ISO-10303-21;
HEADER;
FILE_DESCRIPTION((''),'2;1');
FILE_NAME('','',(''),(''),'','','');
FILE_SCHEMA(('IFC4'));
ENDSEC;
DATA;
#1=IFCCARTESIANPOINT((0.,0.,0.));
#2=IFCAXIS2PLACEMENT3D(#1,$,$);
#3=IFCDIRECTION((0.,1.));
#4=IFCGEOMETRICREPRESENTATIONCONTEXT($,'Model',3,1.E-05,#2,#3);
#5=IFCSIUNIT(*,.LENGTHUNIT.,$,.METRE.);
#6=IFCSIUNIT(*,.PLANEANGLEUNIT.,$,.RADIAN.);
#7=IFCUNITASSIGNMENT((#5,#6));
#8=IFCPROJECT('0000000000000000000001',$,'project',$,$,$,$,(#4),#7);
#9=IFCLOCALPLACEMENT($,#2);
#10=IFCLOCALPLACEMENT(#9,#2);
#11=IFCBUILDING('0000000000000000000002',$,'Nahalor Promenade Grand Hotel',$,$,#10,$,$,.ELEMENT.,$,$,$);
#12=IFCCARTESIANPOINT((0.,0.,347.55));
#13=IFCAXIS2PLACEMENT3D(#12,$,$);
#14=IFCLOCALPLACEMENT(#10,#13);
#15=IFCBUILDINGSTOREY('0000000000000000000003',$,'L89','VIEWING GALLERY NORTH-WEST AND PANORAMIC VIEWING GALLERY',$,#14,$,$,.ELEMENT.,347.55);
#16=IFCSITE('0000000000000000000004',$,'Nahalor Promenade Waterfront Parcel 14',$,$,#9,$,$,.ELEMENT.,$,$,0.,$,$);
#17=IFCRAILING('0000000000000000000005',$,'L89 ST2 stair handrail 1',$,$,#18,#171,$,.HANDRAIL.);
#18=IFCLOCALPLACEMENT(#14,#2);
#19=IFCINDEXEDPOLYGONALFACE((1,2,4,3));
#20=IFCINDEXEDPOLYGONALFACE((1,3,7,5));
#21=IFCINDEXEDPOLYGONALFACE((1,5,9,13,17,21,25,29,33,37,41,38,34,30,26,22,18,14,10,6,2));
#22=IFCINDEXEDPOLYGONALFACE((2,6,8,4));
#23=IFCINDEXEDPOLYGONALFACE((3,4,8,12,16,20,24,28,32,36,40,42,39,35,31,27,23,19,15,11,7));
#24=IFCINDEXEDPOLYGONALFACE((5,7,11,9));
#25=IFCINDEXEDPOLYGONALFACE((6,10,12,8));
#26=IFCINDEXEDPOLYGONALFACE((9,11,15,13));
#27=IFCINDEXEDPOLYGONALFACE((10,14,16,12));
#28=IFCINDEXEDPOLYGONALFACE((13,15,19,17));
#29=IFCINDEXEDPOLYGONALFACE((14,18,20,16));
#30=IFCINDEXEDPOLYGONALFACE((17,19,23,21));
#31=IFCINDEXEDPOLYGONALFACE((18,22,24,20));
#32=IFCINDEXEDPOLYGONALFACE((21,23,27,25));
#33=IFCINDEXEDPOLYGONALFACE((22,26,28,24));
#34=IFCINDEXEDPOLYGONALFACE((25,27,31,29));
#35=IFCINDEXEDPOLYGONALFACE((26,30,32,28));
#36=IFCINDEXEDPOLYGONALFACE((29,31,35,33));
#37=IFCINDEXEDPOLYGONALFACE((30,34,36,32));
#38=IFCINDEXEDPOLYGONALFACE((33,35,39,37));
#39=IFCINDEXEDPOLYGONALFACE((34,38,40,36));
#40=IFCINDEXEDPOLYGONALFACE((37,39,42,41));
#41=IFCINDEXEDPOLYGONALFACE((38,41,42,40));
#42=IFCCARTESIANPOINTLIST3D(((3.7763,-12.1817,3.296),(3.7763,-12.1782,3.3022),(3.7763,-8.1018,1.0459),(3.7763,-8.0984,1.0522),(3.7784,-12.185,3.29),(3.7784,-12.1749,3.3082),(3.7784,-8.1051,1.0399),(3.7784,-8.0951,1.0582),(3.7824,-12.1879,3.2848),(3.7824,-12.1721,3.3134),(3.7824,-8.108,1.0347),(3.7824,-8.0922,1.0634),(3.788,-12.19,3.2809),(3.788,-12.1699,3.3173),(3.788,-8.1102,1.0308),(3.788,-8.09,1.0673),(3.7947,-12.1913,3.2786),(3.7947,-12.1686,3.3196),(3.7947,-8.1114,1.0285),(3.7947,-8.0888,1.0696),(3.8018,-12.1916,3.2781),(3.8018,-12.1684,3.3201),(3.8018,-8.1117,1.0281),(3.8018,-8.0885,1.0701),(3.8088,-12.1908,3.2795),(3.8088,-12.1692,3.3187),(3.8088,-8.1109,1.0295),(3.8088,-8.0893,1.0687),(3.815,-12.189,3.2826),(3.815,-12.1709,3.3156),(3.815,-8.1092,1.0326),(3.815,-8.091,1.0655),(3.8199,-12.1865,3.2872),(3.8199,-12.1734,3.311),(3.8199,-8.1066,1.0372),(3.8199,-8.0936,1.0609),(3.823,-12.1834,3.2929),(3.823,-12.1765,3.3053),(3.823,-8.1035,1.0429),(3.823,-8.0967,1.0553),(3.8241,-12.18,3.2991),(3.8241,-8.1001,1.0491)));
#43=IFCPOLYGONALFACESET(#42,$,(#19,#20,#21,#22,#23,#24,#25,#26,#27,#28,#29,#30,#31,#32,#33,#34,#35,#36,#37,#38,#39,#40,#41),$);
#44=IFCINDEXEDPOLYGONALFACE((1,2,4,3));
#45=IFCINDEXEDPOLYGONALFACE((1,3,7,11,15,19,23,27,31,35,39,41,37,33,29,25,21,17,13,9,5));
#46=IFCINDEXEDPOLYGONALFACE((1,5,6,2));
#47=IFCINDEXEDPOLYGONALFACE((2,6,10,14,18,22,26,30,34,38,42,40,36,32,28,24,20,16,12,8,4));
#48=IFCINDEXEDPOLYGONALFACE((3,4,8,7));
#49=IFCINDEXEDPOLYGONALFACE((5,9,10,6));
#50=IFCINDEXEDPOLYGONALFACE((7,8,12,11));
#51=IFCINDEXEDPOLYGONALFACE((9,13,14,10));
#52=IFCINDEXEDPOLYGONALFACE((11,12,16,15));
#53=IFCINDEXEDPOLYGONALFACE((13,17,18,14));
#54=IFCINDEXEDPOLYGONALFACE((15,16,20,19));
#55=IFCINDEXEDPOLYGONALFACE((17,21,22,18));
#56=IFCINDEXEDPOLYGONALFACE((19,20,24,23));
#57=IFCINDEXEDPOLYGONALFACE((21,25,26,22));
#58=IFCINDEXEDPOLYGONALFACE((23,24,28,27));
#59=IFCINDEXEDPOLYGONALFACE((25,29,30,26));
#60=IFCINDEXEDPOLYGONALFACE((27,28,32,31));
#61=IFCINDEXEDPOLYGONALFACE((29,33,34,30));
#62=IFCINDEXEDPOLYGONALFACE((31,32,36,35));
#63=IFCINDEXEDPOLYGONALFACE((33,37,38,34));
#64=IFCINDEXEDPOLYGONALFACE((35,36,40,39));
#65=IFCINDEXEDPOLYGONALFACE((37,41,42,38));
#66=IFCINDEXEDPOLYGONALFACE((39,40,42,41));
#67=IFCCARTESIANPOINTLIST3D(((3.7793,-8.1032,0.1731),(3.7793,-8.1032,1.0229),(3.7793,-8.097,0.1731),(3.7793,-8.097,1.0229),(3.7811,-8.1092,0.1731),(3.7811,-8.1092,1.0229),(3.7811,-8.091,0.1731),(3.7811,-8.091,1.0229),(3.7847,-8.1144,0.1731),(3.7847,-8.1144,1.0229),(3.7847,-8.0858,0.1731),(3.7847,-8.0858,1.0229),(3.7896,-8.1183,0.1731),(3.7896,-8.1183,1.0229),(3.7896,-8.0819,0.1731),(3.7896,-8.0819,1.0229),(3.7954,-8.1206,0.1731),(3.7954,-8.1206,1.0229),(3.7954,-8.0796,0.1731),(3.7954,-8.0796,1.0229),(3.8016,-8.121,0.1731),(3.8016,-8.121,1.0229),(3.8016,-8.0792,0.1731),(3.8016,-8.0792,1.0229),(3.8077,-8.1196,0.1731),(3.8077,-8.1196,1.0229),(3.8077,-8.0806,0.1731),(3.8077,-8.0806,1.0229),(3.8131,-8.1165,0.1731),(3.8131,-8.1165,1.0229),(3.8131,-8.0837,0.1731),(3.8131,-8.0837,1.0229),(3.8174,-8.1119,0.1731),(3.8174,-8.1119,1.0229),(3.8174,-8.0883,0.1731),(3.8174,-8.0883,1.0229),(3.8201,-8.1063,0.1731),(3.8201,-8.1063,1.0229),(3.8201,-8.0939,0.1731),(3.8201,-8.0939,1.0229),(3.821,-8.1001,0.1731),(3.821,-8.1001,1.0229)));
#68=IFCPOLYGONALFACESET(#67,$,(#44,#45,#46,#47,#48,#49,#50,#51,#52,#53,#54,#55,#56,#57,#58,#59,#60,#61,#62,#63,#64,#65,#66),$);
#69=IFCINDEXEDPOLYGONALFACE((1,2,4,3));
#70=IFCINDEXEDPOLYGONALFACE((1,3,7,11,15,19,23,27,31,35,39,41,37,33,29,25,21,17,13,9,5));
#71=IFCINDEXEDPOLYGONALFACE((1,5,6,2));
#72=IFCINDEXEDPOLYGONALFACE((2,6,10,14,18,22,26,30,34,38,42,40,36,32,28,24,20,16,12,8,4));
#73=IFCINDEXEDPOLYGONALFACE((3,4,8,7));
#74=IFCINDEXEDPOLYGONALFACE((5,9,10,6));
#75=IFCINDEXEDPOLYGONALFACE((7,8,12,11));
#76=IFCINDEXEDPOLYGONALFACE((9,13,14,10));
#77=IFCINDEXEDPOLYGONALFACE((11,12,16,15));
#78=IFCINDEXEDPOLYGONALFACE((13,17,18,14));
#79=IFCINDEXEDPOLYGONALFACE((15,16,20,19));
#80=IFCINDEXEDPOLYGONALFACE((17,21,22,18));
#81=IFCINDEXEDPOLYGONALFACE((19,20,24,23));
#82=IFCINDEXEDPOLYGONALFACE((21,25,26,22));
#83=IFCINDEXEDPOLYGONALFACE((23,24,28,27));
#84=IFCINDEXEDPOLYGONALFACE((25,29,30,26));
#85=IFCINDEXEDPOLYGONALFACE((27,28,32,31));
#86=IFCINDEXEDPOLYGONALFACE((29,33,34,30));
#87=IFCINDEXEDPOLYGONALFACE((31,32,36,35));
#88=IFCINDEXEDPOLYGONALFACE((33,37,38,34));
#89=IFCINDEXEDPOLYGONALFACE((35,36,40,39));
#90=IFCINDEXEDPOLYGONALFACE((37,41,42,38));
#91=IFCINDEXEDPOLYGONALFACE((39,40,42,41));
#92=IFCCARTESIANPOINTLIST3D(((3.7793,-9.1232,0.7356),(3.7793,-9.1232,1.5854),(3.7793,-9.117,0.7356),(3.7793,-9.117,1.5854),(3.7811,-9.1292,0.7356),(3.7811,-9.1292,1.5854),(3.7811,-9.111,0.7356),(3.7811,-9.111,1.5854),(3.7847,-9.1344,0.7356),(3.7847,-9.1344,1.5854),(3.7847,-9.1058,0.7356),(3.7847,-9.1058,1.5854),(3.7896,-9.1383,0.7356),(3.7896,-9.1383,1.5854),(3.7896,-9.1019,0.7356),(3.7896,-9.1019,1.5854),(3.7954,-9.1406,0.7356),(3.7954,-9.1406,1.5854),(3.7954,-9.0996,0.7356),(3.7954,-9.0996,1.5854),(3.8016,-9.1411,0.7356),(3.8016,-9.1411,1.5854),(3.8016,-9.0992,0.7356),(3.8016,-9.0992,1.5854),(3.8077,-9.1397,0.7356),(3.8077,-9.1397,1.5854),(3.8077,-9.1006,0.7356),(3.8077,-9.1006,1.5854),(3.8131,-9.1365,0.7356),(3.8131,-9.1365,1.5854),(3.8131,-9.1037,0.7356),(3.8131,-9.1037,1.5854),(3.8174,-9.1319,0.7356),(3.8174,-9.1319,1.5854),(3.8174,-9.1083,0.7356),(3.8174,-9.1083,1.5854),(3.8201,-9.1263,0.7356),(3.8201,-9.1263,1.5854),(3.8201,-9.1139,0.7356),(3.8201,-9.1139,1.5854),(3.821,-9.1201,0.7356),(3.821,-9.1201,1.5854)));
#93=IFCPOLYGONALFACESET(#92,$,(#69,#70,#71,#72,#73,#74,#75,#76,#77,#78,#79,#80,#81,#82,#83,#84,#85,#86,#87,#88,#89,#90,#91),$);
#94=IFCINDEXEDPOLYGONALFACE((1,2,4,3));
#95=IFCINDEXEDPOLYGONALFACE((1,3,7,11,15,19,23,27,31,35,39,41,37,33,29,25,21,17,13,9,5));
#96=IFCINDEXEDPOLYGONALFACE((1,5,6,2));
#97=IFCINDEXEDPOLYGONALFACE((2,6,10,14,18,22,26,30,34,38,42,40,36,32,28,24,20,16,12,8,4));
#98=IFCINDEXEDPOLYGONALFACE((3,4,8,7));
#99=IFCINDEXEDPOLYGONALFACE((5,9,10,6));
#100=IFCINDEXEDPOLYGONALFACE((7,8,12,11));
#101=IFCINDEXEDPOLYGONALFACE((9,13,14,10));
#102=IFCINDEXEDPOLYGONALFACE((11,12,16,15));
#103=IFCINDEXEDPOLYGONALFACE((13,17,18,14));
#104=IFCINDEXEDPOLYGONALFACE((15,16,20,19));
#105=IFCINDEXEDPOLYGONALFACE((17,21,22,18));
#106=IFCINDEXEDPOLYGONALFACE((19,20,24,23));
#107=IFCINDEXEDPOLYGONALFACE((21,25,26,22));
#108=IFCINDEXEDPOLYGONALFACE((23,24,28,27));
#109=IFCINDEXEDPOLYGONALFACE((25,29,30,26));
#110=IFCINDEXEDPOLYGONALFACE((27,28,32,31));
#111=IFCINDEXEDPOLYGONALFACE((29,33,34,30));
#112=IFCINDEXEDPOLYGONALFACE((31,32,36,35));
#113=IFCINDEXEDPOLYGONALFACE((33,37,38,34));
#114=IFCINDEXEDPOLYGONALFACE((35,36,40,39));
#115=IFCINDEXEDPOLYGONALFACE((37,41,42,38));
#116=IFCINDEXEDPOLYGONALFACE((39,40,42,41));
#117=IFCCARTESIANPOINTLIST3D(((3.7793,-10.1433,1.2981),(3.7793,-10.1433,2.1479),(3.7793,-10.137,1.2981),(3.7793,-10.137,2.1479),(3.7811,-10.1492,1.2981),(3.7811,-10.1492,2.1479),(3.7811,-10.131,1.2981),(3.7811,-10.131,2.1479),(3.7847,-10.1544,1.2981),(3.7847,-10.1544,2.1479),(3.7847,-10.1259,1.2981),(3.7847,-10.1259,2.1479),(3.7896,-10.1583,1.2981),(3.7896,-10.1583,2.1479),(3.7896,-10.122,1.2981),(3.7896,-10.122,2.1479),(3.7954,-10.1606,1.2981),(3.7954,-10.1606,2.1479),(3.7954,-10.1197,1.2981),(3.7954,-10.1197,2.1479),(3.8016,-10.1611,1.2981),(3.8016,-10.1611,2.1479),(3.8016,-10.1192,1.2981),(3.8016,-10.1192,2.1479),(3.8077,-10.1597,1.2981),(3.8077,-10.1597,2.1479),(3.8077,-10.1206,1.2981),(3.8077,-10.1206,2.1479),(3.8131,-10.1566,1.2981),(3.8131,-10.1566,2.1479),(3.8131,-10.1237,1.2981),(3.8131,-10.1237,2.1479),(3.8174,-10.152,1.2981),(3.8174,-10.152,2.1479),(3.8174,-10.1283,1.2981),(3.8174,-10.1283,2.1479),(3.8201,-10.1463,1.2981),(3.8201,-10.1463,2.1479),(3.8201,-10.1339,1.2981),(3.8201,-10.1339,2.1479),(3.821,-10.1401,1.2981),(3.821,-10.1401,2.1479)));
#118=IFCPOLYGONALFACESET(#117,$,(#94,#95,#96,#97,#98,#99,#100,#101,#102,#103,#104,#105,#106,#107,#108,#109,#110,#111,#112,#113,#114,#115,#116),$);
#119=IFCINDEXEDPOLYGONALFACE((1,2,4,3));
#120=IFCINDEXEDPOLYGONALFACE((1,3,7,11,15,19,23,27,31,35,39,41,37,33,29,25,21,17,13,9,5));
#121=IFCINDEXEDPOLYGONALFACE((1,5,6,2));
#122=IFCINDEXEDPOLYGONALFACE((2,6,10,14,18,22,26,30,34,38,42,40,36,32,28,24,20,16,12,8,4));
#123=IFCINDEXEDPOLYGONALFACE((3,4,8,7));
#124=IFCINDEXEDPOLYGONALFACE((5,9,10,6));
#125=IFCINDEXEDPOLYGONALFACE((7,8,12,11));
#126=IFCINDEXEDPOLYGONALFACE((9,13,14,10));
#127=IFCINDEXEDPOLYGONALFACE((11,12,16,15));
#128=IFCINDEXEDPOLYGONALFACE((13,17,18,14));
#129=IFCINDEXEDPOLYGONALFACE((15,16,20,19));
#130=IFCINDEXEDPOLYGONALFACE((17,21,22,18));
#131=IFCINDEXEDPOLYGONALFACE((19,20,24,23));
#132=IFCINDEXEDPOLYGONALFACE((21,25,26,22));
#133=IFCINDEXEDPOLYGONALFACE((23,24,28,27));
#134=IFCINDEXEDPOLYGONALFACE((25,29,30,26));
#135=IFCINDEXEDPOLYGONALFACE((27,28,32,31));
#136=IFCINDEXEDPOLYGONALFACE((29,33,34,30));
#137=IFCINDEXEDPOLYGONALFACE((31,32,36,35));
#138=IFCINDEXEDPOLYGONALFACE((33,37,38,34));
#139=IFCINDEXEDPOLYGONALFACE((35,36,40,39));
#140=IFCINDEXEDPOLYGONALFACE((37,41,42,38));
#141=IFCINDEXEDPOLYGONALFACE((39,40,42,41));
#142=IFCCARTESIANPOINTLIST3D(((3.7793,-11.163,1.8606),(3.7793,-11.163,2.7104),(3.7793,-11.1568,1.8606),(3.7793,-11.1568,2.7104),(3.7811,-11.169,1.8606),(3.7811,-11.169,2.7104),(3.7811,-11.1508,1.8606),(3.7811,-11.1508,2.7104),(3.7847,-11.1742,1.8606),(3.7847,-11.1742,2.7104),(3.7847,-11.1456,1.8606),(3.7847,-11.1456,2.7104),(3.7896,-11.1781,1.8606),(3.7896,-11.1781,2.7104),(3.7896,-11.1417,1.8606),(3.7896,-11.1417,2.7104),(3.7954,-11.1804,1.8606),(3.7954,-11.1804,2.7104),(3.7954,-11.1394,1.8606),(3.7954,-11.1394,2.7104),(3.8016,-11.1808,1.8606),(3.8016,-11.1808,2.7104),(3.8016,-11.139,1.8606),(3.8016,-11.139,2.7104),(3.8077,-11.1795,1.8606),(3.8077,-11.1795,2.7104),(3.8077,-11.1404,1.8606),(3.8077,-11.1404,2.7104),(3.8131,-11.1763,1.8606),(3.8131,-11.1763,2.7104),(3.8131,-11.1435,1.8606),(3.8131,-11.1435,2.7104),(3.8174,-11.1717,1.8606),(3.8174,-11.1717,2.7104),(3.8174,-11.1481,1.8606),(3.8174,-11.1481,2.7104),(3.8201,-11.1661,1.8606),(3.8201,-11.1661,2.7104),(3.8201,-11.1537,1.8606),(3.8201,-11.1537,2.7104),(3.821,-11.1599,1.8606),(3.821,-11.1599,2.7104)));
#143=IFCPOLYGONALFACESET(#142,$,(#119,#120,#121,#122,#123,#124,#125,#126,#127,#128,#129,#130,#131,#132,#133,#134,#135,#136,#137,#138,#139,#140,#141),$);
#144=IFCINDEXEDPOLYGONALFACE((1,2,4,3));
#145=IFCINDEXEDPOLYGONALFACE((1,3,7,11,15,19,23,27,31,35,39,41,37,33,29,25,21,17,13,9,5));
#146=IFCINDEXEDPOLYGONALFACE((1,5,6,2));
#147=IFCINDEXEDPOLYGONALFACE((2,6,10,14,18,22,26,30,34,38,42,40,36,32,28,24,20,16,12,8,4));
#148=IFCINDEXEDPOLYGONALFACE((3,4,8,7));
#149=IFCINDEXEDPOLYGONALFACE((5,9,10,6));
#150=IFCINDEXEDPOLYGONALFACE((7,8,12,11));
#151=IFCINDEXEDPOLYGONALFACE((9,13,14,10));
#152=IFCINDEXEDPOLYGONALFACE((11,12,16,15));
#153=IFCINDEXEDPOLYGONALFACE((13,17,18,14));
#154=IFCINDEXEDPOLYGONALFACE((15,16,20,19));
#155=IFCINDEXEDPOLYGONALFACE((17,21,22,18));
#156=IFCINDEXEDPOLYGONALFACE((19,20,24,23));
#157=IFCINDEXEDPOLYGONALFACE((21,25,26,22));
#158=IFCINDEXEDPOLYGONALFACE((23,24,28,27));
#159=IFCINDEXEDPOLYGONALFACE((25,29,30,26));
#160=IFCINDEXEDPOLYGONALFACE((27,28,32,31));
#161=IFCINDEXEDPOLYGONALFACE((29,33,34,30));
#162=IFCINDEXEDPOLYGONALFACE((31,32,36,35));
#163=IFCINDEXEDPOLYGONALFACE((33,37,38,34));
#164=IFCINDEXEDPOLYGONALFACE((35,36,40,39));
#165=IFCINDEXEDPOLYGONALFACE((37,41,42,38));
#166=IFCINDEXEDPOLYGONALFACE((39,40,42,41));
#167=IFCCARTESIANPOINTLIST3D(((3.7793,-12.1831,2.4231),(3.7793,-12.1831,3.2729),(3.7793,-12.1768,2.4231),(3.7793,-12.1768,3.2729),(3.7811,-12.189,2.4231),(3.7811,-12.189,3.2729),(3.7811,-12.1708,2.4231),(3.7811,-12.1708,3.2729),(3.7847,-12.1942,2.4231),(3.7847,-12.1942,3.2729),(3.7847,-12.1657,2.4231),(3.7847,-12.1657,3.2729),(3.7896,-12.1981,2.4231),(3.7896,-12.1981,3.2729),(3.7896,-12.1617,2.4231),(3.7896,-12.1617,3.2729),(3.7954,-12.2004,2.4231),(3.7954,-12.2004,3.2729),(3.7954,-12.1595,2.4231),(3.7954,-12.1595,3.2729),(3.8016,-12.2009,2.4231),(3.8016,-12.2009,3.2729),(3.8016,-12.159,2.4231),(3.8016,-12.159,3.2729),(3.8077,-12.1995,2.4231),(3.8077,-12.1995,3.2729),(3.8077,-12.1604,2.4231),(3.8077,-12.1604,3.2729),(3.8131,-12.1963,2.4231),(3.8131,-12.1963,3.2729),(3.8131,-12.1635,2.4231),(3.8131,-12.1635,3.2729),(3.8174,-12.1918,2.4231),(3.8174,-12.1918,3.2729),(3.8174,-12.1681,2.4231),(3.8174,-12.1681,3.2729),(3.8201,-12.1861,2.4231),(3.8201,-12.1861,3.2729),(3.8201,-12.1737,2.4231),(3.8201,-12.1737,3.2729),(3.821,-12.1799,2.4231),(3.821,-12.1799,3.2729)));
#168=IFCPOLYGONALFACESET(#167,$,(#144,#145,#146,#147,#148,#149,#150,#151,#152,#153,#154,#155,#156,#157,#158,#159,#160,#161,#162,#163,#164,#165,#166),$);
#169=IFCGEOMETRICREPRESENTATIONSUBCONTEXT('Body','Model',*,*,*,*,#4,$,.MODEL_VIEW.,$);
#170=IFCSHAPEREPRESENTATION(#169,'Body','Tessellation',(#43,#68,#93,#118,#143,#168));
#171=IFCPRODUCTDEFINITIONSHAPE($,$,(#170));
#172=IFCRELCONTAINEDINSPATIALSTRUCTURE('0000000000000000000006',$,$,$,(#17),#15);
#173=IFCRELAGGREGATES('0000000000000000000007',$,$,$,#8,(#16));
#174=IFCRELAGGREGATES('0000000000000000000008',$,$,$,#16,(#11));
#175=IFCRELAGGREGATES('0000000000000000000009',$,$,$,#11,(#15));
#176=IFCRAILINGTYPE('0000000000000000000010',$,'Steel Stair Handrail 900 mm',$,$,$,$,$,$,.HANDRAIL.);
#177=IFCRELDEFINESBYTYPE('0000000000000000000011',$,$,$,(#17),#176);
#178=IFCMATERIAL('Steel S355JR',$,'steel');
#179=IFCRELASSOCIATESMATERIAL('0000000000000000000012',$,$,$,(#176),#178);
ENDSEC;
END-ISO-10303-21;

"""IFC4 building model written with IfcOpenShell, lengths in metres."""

from ifc_helpers import new_model, si_unit, direction, frame, origin, origin_2d, place, context, subcontext, project, spatial, circle, extrude, material, type_object, element, save


model = new_model("IFC4")

# Units and contexts
model_context = context("Model", 3, precision=1e-05, world=origin(), true_north=direction((0.0, 1.0)))
body_context = subcontext(model_context, "Body", "Model", "MODEL_VIEW")
ifc_project = project(units=[si_unit("LENGTHUNIT", "METRE"), si_unit("PLANEANGLEUNIT", "RADIAN")], contexts=[model_context])

# Site, building, storey
site_placement = place(None, origin())
site = spatial("IfcSite", under=ifc_project, at=site_placement, Name="Nahalor Promenade Waterfront Parcel 14", CompositionType="ELEMENT", RefElevation=0.0)
building_placement = place(site_placement, origin())
building = spatial("IfcBuilding", under=site, at=building_placement, Name="Nahalor Promenade Grand Hotel", CompositionType="ELEMENT")
storey_placement = place(building_placement, frame((0.0, 0.0, 347.55)))
storey = spatial("IfcBuildingStorey", under=building, at=storey_placement, Name="L89", Description="VIEWING GALLERY NORTH-WEST AND PANORAMIC VIEWING GALLERY", CompositionType="ELEMENT", Elevation=347.55)

# Shared definitions
ifc_material_1 = material(Name="Steel S355JR", Category="steel")

# Railing
railing_type_1 = type_object("IfcRailingType", Name="Steel Stair Handrail 900 mm", PredefinedType="HANDRAIL", material=ifc_material_1)
railing_1_placement = place(storey_placement, frame((3.8, -8.1001, 0.1731)))
element("IfcRailing", 1, at=railing_1_placement, inside=storey, type_object=railing_type_1, Name="L89 ST2 stair handrail 1", PredefinedType="HANDRAIL", context=body_context, shape_type="SweptSolid", body=[
    extrude(circle(Radius=0.024, at=origin_2d()), frame((0.0, 0.0, 0.876), z_axis=(0.0, -0.875663, 0.482922), x_axis=(1.0, 0.0, 0.0)), (0.0, 0.0, 1.0), 4.6592),
    extrude(circle(Radius=0.021, at=origin_2d()), origin(), (0.0, 0.0, 1.0), 0.8499),
    extrude(circle(Radius=0.021, at=origin_2d()), frame((0.0, -1.02, 0.5625)), (0.0, 0.0, 1.0), 0.8499),
    extrude(circle(Radius=0.021, at=origin_2d()), frame((0.0, -2.04, 1.125)), (0.0, 0.0, 1.0), 0.8499),
    extrude(circle(Radius=0.021, at=origin_2d()), frame((0.0, -3.0598, 1.6875)), (0.0, 0.0, 1.0), 0.8499),
    extrude(circle(Radius=0.021, at=origin_2d()), frame((0.0, -4.0798, 2.25)), (0.0, 0.0, 1.0), 0.8499),
])

save(model, "model.ifc")
